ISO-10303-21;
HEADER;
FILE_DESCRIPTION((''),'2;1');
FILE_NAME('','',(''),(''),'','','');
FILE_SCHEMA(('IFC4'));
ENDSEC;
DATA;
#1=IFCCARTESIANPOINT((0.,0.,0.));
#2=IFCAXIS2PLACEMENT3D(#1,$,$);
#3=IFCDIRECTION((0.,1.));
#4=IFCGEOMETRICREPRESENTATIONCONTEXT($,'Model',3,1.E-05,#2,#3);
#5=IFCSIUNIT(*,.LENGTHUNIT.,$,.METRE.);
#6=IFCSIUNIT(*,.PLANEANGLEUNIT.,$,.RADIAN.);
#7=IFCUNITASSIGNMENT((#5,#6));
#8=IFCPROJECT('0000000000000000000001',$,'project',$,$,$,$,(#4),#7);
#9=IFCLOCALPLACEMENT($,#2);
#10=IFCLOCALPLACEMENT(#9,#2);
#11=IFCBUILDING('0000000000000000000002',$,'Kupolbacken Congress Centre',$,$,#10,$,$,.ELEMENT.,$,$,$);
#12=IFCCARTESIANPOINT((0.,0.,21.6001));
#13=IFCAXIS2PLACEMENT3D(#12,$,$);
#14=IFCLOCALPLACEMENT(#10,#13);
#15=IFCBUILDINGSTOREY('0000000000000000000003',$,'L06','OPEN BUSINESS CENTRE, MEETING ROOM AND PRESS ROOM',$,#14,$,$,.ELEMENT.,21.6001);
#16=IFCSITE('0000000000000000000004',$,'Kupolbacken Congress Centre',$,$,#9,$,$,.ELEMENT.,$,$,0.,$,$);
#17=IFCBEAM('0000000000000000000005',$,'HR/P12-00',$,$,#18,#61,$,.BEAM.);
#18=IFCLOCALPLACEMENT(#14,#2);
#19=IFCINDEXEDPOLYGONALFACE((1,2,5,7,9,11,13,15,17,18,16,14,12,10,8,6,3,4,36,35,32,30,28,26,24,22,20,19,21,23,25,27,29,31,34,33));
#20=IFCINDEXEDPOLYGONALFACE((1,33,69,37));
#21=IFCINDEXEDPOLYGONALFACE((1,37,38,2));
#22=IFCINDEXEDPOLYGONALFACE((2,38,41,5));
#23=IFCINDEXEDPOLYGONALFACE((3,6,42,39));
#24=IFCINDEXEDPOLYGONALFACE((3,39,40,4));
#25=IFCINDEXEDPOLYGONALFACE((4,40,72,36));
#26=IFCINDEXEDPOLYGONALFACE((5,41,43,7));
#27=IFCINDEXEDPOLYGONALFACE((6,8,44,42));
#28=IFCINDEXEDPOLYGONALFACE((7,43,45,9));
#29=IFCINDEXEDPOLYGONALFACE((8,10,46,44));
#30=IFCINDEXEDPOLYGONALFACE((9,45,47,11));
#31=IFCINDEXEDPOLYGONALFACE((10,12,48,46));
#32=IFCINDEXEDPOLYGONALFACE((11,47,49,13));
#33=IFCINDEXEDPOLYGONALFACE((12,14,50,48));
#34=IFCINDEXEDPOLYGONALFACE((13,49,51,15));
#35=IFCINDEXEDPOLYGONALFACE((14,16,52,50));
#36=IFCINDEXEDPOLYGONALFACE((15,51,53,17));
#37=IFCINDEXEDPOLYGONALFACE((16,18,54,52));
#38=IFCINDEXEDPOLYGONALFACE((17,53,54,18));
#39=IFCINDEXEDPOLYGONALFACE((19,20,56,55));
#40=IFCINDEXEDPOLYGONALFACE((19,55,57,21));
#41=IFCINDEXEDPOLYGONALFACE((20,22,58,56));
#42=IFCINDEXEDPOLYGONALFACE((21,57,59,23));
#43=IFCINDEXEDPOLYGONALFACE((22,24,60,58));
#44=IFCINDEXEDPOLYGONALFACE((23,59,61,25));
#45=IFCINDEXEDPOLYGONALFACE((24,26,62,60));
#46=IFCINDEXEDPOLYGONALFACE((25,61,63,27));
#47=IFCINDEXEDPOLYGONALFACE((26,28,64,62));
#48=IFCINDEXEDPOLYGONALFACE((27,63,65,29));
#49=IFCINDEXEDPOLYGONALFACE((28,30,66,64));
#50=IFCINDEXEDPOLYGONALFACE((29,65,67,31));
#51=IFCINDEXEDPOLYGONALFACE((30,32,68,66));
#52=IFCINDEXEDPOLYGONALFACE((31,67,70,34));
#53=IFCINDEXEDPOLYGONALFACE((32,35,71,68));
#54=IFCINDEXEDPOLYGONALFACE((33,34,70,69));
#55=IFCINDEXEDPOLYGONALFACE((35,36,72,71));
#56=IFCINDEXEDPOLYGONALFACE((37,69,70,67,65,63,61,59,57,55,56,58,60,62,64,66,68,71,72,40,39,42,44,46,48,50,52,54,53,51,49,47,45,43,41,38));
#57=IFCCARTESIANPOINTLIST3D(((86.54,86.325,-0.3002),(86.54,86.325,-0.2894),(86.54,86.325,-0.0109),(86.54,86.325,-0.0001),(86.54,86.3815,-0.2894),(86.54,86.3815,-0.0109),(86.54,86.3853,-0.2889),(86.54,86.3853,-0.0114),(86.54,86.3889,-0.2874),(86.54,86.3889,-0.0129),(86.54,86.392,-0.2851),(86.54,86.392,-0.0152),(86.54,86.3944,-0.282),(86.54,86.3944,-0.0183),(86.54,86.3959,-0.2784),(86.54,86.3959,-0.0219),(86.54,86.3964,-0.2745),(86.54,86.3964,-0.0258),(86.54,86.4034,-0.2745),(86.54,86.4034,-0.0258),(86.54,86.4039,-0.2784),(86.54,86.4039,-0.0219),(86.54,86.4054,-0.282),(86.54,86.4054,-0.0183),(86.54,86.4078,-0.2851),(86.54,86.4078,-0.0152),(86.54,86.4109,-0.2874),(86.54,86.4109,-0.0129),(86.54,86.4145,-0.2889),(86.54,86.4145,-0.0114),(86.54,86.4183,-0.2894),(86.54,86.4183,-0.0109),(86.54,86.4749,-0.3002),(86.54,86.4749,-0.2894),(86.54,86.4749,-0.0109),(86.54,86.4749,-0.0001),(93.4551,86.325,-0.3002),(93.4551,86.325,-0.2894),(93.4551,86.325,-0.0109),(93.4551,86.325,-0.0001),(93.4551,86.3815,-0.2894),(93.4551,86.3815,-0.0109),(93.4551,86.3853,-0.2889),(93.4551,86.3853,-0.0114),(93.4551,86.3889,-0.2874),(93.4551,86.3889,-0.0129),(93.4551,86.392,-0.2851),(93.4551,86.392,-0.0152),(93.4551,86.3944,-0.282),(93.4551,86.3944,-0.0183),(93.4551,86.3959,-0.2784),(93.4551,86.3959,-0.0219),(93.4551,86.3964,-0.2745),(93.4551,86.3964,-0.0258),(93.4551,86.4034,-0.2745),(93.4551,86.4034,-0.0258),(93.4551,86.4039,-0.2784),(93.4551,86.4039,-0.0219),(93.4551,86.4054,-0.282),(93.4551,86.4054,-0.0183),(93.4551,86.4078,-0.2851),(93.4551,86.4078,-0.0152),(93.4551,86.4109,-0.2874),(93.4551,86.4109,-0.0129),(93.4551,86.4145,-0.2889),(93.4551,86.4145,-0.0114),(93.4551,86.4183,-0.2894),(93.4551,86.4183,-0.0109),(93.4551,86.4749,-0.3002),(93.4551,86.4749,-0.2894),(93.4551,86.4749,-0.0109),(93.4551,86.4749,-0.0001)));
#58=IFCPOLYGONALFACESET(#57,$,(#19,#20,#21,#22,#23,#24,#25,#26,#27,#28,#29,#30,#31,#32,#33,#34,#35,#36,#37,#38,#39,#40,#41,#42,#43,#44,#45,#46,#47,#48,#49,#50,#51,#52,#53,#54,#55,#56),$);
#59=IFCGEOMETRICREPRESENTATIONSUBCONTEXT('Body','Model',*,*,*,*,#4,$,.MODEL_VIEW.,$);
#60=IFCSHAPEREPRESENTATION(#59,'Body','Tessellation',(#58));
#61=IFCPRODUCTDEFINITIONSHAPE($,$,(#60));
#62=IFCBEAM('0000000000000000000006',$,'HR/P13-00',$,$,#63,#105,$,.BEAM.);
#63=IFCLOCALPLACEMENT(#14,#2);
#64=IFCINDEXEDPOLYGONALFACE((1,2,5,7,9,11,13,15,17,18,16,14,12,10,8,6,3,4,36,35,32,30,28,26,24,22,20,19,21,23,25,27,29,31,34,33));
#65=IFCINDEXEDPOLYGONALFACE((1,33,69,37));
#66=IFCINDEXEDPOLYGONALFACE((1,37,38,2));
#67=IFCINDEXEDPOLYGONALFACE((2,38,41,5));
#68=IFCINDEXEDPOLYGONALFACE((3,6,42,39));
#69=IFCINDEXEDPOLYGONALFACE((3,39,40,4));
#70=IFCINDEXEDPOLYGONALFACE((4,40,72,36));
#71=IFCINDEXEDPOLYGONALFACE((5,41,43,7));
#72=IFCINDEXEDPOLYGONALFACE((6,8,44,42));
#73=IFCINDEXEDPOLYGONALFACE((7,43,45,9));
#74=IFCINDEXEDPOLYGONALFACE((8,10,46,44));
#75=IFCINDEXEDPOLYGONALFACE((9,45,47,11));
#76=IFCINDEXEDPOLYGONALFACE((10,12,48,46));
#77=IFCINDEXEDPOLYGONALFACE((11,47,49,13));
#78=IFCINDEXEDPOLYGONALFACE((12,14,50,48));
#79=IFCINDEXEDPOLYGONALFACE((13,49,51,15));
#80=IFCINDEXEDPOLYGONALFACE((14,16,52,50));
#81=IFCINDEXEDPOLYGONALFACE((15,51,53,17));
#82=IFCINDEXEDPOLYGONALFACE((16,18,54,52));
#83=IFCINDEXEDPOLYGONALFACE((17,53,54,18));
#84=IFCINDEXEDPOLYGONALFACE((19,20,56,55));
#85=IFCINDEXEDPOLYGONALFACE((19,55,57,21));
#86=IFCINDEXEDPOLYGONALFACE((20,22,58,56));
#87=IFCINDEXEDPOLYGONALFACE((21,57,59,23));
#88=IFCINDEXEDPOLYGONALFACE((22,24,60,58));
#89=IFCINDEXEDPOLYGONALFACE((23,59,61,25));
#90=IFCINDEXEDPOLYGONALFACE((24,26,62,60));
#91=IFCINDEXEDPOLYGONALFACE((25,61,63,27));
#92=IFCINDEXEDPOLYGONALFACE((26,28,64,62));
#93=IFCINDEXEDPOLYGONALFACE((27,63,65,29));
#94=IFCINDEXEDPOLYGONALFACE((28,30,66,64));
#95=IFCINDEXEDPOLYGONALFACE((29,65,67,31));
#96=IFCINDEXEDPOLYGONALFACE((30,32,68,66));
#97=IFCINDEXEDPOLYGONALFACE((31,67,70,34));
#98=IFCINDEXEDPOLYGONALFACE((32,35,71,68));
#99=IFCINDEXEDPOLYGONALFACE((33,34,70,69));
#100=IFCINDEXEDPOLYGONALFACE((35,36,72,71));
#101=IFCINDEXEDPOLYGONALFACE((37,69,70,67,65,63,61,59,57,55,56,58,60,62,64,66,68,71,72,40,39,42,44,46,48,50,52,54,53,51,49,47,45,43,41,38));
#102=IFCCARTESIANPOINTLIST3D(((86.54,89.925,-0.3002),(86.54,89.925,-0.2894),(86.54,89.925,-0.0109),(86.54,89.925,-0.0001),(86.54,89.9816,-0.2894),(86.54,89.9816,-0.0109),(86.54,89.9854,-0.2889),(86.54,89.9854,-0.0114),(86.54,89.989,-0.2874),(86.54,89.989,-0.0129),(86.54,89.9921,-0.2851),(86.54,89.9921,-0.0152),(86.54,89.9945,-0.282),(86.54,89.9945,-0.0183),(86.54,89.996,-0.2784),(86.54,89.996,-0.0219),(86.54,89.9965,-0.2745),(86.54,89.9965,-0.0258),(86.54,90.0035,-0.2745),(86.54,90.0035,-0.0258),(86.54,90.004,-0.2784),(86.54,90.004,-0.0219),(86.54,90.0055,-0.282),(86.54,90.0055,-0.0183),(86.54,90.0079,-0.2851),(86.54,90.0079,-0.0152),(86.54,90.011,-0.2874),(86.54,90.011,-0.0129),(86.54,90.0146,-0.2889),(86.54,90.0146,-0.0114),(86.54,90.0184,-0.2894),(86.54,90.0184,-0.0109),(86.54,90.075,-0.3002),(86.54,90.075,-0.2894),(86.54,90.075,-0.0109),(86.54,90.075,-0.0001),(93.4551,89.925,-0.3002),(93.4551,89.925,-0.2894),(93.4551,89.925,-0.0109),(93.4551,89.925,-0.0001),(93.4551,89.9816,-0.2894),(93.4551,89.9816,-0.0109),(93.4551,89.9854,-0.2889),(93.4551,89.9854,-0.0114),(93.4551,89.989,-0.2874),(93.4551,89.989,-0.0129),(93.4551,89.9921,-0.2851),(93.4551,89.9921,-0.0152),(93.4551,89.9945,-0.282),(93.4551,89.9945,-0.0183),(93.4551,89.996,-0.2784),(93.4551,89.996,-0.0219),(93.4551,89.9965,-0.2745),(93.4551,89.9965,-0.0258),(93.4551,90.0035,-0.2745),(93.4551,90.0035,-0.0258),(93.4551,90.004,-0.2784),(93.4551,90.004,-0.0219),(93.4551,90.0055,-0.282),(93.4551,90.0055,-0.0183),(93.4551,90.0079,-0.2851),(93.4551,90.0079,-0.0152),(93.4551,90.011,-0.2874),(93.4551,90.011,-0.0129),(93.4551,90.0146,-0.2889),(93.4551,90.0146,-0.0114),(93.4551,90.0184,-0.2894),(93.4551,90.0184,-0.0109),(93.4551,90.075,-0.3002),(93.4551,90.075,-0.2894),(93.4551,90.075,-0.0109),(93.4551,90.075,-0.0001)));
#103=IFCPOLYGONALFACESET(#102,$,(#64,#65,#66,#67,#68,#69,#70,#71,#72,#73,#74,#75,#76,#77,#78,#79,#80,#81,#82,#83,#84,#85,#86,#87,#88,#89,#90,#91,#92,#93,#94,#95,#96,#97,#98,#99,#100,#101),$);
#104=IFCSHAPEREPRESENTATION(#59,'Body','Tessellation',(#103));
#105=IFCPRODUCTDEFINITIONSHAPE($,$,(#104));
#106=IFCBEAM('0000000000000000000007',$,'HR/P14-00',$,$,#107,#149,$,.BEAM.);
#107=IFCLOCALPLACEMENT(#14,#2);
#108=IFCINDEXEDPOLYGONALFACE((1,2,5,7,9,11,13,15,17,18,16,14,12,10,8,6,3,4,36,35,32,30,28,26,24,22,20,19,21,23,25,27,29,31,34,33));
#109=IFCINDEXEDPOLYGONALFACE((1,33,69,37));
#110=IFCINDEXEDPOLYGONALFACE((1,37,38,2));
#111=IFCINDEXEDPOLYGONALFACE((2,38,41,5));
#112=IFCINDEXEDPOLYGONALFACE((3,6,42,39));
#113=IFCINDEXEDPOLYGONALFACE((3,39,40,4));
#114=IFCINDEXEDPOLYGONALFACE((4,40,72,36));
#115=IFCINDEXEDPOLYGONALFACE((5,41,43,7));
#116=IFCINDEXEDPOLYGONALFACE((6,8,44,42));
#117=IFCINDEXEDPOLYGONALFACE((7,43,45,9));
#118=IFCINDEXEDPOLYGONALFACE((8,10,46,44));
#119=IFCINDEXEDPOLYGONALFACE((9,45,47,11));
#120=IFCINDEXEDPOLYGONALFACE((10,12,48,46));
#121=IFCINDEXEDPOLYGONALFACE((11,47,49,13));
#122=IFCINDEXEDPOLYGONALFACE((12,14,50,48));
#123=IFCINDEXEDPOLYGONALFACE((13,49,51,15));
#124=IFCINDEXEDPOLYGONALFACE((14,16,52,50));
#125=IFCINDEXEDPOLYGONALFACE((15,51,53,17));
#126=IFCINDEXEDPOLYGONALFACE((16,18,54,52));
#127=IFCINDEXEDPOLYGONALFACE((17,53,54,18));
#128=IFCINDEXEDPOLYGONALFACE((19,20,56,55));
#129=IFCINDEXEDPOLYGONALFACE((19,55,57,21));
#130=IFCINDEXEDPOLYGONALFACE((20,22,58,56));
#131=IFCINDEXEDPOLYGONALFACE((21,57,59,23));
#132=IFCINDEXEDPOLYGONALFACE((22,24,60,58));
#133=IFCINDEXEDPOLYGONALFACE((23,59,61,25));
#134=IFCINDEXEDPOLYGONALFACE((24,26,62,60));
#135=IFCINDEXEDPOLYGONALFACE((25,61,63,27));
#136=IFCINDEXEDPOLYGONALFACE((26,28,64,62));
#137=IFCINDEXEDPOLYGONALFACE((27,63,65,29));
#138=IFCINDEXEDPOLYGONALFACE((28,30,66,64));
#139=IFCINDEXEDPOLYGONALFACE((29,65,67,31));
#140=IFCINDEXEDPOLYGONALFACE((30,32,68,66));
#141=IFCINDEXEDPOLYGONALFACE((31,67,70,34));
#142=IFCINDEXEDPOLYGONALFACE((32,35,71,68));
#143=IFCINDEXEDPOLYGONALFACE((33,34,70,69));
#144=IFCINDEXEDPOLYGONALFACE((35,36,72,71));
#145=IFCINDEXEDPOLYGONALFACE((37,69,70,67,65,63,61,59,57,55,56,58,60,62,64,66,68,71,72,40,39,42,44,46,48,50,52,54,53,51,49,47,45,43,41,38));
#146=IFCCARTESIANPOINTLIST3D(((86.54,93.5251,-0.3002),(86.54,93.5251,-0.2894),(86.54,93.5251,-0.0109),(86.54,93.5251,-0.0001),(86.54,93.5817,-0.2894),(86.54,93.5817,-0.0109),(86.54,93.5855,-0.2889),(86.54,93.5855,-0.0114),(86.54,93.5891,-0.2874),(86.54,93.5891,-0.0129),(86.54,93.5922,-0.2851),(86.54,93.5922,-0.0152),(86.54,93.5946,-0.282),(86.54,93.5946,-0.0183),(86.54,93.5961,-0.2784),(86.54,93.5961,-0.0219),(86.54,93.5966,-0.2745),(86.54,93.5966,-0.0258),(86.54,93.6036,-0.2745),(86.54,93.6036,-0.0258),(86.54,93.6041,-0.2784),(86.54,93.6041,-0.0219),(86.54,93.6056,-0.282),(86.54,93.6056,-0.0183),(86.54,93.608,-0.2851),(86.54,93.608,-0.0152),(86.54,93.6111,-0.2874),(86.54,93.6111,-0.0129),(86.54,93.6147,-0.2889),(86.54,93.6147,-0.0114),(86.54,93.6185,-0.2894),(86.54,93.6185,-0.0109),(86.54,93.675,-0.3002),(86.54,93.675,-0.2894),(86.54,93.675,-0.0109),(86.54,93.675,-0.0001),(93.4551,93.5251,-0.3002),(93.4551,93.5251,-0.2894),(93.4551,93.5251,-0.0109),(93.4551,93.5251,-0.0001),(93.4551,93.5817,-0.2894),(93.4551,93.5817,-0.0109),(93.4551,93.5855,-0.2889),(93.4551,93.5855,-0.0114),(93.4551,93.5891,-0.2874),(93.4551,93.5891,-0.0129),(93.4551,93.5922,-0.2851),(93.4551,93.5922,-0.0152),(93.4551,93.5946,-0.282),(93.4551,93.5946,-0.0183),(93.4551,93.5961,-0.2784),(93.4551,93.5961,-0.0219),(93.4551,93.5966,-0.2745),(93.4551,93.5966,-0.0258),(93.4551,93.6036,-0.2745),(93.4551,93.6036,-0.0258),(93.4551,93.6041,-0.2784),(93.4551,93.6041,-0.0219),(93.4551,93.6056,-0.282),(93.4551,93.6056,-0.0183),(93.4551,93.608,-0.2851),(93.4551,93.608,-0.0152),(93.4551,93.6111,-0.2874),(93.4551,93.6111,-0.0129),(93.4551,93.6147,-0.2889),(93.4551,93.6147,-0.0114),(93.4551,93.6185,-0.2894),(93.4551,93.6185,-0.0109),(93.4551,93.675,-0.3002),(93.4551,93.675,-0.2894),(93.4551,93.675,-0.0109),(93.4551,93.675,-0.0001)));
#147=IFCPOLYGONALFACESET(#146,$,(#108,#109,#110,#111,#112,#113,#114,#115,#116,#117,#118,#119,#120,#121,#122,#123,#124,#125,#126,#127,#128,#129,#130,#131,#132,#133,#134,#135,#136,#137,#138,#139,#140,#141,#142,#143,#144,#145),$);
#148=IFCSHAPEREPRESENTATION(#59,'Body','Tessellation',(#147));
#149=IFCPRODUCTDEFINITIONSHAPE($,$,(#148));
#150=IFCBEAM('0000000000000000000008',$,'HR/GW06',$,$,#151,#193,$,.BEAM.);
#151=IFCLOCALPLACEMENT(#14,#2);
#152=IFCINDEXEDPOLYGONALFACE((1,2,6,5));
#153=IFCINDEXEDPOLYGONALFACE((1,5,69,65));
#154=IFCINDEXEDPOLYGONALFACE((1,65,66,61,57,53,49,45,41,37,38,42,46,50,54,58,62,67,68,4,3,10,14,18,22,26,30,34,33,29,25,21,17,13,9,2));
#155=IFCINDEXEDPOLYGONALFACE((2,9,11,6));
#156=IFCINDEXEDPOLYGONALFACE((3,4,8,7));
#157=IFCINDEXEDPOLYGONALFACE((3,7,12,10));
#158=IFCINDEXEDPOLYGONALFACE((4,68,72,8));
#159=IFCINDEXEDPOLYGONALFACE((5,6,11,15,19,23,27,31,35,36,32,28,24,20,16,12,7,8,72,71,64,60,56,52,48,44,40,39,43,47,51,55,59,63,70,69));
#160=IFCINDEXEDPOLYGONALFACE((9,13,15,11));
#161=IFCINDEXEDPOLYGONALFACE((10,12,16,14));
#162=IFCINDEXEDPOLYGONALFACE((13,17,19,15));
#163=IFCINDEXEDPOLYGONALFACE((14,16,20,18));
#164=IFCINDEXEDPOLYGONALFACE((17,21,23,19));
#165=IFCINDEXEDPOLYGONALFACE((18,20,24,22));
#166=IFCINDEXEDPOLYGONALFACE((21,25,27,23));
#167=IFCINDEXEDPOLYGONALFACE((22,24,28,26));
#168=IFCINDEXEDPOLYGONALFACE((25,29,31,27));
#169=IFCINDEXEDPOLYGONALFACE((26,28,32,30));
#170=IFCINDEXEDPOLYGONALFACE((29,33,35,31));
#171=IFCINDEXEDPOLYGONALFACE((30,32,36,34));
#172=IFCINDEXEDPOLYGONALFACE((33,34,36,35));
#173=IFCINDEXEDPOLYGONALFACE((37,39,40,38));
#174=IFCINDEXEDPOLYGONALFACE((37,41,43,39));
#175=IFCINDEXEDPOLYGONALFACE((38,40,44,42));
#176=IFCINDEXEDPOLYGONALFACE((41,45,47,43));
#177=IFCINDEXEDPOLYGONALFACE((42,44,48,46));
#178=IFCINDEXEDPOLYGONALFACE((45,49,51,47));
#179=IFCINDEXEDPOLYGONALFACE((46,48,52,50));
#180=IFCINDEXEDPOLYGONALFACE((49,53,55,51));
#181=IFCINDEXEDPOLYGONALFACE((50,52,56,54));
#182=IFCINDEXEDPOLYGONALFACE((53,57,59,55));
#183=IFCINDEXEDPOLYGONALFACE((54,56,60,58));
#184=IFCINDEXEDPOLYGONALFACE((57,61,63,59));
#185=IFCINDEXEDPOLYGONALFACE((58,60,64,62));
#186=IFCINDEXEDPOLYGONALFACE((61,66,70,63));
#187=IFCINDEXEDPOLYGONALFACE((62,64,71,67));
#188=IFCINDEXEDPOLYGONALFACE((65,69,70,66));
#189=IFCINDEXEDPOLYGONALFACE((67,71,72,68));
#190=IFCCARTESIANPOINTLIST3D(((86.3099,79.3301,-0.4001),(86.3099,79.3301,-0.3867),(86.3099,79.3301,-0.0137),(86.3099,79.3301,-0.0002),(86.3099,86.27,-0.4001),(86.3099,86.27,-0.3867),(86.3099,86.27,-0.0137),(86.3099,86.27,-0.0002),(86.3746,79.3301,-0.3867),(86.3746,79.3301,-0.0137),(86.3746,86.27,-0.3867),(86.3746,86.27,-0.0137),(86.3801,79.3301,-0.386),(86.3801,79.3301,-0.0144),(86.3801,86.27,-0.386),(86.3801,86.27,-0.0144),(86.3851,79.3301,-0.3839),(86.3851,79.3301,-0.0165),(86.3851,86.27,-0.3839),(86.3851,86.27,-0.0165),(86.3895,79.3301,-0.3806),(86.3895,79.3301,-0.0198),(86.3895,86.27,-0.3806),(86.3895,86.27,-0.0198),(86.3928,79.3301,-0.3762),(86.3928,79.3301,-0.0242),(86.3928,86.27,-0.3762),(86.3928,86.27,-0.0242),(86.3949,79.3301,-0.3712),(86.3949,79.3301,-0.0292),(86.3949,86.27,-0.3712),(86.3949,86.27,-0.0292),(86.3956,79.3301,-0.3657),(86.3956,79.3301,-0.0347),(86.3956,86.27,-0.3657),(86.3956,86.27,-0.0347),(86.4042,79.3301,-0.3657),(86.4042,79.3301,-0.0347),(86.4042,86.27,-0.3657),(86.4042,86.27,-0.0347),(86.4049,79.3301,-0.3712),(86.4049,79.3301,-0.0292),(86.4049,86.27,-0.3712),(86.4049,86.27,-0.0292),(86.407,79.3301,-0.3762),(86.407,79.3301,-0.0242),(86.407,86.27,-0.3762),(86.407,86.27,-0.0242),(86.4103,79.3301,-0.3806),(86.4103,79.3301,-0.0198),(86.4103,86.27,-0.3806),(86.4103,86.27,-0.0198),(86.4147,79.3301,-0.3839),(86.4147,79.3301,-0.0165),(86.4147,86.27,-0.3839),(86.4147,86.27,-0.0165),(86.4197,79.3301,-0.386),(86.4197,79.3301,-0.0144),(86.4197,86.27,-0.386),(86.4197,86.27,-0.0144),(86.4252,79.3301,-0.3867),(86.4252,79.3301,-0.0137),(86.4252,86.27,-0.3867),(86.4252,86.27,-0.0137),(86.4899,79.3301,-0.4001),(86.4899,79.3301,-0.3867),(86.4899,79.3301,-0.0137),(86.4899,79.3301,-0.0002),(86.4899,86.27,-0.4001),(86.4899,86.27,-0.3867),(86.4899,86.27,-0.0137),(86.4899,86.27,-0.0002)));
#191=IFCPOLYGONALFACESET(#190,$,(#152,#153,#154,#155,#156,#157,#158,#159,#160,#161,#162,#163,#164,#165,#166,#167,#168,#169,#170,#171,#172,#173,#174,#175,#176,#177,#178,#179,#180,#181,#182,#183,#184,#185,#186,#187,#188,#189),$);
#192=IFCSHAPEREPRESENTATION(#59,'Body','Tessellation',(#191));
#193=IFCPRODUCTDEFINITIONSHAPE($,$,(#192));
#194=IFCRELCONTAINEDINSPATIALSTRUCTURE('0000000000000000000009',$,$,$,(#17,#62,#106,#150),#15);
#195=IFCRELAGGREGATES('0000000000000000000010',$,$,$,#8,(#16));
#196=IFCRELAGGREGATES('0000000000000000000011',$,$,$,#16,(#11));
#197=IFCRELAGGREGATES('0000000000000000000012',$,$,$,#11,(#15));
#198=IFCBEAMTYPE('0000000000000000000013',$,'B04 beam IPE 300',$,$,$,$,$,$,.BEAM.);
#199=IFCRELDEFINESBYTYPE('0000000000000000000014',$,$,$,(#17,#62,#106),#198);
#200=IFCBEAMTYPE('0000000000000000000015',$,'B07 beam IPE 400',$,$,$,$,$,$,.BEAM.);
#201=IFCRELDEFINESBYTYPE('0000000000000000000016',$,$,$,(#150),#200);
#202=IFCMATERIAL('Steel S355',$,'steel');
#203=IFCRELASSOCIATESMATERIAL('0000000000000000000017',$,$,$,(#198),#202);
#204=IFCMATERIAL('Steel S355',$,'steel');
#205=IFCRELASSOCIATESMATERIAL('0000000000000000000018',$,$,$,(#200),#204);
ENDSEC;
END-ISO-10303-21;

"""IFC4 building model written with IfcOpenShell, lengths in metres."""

from ifc_helpers import new_model, si_unit, direction, frame, origin, origin_2d, place, context, subcontext, project, spatial, i_section, extrude, material, material_profile, profile_set, type_object, element, save


model = new_model("IFC4")

# Units and contexts
model_context = context("Model", 3, precision=1e-05, world=origin(), true_north=direction((0.0, 1.0)))
body_context = subcontext(model_context, "Body", "Model", "MODEL_VIEW")
ifc_project = project(units=[si_unit("LENGTHUNIT", "METRE"), si_unit("PLANEANGLEUNIT", "RADIAN")], contexts=[model_context])

# Site, building, storey
site_placement = place(None, origin())
site = spatial("IfcSite", under=ifc_project, at=site_placement, Name="Kupolbacken Congress Centre", CompositionType="ELEMENT", RefElevation=0.0)
building_placement = place(site_placement, origin())
building = spatial("IfcBuilding", under=site, at=building_placement, Name="Kupolbacken Congress Centre", CompositionType="ELEMENT")
storey_placement = place(building_placement, frame((0.0, 0.0, 21.6001)))
storey = spatial("IfcBuildingStorey", under=building, at=storey_placement, Name="L06", Description="OPEN BUSINESS CENTRE, MEETING ROOM AND PRESS ROOM", CompositionType="ELEMENT", Elevation=21.6001)

# Beams
ifc_material_1 = material(Name="Steel S355", Category="steel")
ifc_material_profile_1 = material_profile(ifc_material_1, i_section(OverallWidth=0.1499, OverallDepth=0.3, WebThickness=0.0071, FlangeThickness=0.0107, FilletRadius=0.0149, at=origin_2d()), Name="IPE 300")
ifc_profile_set_1 = profile_set([ifc_material_profile_1], Name="Steel S355")
beam_type_1 = type_object("IfcBeamType", Name="B04 beam IPE 300", PredefinedType="BEAM", material=ifc_profile_set_1)
for number, where, z_axis, x_axis, name in (
    (1, (86.54, 86.3999, -0.1501), (1.0, 0.0, 0.0), (0.0, 1.0, 0.0), "HR/P12-00"),
    (2, (86.54, 90.0, -0.1501), (1.0, 0.0, 0.0), (0.0, 1.0, 0.0), "HR/P13-00"),
    (3, (86.54, 93.6001, -0.1501), (1.0, 0.0, 0.0), (0.0, 1.0, 0.0), "HR/P14-00"),
):
    element("IfcBeam", number, at=place(storey_placement, frame(where, z_axis=z_axis, x_axis=x_axis)), inside=storey, type_object=beam_type_1, Name=name, PredefinedType="BEAM", context=body_context, shape_type="SweptSolid", body=[
        extrude(i_section(OverallWidth=0.1499, OverallDepth=0.3, WebThickness=0.0071, FlangeThickness=0.0107, FilletRadius=0.0149, at=origin_2d()), origin(), (0.0, 0.0, 1.0), 6.915),
    ])
ifc_material_2 = material(Name="Steel S355", Category="steel")
ifc_material_profile_2 = material_profile(ifc_material_2, i_section(OverallWidth=0.1799, OverallDepth=0.3999, WebThickness=0.0085, FlangeThickness=0.0134, FilletRadius=0.021, at=origin_2d()), Name="IPE 400")
ifc_profile_set_2 = profile_set([ifc_material_profile_2], Name="Steel S355")
beam_type_2 = type_object("IfcBeamType", Name="B07 beam IPE 400", PredefinedType="BEAM", material=ifc_profile_set_2)
for number, where, z_axis, x_axis, name in (
    (4, (86.3999, 79.3301, -0.2002), (0.0, 1.0, 0.0), (-1.0, 0.0, 0.0), "HR/GW06"),
):
    element("IfcBeam", number, at=place(storey_placement, frame(where, z_axis=z_axis, x_axis=x_axis)), inside=storey, type_object=beam_type_2, Name=name, PredefinedType="BEAM", context=body_context, shape_type="SweptSolid", body=[
        extrude(i_section(OverallWidth=0.1799, OverallDepth=0.3999, WebThickness=0.0085, FlangeThickness=0.0134, FilletRadius=0.021, at=origin_2d()), origin(), (0.0, 0.0, 1.0), 6.9399),
    ])

save(model, "model.ifc")
